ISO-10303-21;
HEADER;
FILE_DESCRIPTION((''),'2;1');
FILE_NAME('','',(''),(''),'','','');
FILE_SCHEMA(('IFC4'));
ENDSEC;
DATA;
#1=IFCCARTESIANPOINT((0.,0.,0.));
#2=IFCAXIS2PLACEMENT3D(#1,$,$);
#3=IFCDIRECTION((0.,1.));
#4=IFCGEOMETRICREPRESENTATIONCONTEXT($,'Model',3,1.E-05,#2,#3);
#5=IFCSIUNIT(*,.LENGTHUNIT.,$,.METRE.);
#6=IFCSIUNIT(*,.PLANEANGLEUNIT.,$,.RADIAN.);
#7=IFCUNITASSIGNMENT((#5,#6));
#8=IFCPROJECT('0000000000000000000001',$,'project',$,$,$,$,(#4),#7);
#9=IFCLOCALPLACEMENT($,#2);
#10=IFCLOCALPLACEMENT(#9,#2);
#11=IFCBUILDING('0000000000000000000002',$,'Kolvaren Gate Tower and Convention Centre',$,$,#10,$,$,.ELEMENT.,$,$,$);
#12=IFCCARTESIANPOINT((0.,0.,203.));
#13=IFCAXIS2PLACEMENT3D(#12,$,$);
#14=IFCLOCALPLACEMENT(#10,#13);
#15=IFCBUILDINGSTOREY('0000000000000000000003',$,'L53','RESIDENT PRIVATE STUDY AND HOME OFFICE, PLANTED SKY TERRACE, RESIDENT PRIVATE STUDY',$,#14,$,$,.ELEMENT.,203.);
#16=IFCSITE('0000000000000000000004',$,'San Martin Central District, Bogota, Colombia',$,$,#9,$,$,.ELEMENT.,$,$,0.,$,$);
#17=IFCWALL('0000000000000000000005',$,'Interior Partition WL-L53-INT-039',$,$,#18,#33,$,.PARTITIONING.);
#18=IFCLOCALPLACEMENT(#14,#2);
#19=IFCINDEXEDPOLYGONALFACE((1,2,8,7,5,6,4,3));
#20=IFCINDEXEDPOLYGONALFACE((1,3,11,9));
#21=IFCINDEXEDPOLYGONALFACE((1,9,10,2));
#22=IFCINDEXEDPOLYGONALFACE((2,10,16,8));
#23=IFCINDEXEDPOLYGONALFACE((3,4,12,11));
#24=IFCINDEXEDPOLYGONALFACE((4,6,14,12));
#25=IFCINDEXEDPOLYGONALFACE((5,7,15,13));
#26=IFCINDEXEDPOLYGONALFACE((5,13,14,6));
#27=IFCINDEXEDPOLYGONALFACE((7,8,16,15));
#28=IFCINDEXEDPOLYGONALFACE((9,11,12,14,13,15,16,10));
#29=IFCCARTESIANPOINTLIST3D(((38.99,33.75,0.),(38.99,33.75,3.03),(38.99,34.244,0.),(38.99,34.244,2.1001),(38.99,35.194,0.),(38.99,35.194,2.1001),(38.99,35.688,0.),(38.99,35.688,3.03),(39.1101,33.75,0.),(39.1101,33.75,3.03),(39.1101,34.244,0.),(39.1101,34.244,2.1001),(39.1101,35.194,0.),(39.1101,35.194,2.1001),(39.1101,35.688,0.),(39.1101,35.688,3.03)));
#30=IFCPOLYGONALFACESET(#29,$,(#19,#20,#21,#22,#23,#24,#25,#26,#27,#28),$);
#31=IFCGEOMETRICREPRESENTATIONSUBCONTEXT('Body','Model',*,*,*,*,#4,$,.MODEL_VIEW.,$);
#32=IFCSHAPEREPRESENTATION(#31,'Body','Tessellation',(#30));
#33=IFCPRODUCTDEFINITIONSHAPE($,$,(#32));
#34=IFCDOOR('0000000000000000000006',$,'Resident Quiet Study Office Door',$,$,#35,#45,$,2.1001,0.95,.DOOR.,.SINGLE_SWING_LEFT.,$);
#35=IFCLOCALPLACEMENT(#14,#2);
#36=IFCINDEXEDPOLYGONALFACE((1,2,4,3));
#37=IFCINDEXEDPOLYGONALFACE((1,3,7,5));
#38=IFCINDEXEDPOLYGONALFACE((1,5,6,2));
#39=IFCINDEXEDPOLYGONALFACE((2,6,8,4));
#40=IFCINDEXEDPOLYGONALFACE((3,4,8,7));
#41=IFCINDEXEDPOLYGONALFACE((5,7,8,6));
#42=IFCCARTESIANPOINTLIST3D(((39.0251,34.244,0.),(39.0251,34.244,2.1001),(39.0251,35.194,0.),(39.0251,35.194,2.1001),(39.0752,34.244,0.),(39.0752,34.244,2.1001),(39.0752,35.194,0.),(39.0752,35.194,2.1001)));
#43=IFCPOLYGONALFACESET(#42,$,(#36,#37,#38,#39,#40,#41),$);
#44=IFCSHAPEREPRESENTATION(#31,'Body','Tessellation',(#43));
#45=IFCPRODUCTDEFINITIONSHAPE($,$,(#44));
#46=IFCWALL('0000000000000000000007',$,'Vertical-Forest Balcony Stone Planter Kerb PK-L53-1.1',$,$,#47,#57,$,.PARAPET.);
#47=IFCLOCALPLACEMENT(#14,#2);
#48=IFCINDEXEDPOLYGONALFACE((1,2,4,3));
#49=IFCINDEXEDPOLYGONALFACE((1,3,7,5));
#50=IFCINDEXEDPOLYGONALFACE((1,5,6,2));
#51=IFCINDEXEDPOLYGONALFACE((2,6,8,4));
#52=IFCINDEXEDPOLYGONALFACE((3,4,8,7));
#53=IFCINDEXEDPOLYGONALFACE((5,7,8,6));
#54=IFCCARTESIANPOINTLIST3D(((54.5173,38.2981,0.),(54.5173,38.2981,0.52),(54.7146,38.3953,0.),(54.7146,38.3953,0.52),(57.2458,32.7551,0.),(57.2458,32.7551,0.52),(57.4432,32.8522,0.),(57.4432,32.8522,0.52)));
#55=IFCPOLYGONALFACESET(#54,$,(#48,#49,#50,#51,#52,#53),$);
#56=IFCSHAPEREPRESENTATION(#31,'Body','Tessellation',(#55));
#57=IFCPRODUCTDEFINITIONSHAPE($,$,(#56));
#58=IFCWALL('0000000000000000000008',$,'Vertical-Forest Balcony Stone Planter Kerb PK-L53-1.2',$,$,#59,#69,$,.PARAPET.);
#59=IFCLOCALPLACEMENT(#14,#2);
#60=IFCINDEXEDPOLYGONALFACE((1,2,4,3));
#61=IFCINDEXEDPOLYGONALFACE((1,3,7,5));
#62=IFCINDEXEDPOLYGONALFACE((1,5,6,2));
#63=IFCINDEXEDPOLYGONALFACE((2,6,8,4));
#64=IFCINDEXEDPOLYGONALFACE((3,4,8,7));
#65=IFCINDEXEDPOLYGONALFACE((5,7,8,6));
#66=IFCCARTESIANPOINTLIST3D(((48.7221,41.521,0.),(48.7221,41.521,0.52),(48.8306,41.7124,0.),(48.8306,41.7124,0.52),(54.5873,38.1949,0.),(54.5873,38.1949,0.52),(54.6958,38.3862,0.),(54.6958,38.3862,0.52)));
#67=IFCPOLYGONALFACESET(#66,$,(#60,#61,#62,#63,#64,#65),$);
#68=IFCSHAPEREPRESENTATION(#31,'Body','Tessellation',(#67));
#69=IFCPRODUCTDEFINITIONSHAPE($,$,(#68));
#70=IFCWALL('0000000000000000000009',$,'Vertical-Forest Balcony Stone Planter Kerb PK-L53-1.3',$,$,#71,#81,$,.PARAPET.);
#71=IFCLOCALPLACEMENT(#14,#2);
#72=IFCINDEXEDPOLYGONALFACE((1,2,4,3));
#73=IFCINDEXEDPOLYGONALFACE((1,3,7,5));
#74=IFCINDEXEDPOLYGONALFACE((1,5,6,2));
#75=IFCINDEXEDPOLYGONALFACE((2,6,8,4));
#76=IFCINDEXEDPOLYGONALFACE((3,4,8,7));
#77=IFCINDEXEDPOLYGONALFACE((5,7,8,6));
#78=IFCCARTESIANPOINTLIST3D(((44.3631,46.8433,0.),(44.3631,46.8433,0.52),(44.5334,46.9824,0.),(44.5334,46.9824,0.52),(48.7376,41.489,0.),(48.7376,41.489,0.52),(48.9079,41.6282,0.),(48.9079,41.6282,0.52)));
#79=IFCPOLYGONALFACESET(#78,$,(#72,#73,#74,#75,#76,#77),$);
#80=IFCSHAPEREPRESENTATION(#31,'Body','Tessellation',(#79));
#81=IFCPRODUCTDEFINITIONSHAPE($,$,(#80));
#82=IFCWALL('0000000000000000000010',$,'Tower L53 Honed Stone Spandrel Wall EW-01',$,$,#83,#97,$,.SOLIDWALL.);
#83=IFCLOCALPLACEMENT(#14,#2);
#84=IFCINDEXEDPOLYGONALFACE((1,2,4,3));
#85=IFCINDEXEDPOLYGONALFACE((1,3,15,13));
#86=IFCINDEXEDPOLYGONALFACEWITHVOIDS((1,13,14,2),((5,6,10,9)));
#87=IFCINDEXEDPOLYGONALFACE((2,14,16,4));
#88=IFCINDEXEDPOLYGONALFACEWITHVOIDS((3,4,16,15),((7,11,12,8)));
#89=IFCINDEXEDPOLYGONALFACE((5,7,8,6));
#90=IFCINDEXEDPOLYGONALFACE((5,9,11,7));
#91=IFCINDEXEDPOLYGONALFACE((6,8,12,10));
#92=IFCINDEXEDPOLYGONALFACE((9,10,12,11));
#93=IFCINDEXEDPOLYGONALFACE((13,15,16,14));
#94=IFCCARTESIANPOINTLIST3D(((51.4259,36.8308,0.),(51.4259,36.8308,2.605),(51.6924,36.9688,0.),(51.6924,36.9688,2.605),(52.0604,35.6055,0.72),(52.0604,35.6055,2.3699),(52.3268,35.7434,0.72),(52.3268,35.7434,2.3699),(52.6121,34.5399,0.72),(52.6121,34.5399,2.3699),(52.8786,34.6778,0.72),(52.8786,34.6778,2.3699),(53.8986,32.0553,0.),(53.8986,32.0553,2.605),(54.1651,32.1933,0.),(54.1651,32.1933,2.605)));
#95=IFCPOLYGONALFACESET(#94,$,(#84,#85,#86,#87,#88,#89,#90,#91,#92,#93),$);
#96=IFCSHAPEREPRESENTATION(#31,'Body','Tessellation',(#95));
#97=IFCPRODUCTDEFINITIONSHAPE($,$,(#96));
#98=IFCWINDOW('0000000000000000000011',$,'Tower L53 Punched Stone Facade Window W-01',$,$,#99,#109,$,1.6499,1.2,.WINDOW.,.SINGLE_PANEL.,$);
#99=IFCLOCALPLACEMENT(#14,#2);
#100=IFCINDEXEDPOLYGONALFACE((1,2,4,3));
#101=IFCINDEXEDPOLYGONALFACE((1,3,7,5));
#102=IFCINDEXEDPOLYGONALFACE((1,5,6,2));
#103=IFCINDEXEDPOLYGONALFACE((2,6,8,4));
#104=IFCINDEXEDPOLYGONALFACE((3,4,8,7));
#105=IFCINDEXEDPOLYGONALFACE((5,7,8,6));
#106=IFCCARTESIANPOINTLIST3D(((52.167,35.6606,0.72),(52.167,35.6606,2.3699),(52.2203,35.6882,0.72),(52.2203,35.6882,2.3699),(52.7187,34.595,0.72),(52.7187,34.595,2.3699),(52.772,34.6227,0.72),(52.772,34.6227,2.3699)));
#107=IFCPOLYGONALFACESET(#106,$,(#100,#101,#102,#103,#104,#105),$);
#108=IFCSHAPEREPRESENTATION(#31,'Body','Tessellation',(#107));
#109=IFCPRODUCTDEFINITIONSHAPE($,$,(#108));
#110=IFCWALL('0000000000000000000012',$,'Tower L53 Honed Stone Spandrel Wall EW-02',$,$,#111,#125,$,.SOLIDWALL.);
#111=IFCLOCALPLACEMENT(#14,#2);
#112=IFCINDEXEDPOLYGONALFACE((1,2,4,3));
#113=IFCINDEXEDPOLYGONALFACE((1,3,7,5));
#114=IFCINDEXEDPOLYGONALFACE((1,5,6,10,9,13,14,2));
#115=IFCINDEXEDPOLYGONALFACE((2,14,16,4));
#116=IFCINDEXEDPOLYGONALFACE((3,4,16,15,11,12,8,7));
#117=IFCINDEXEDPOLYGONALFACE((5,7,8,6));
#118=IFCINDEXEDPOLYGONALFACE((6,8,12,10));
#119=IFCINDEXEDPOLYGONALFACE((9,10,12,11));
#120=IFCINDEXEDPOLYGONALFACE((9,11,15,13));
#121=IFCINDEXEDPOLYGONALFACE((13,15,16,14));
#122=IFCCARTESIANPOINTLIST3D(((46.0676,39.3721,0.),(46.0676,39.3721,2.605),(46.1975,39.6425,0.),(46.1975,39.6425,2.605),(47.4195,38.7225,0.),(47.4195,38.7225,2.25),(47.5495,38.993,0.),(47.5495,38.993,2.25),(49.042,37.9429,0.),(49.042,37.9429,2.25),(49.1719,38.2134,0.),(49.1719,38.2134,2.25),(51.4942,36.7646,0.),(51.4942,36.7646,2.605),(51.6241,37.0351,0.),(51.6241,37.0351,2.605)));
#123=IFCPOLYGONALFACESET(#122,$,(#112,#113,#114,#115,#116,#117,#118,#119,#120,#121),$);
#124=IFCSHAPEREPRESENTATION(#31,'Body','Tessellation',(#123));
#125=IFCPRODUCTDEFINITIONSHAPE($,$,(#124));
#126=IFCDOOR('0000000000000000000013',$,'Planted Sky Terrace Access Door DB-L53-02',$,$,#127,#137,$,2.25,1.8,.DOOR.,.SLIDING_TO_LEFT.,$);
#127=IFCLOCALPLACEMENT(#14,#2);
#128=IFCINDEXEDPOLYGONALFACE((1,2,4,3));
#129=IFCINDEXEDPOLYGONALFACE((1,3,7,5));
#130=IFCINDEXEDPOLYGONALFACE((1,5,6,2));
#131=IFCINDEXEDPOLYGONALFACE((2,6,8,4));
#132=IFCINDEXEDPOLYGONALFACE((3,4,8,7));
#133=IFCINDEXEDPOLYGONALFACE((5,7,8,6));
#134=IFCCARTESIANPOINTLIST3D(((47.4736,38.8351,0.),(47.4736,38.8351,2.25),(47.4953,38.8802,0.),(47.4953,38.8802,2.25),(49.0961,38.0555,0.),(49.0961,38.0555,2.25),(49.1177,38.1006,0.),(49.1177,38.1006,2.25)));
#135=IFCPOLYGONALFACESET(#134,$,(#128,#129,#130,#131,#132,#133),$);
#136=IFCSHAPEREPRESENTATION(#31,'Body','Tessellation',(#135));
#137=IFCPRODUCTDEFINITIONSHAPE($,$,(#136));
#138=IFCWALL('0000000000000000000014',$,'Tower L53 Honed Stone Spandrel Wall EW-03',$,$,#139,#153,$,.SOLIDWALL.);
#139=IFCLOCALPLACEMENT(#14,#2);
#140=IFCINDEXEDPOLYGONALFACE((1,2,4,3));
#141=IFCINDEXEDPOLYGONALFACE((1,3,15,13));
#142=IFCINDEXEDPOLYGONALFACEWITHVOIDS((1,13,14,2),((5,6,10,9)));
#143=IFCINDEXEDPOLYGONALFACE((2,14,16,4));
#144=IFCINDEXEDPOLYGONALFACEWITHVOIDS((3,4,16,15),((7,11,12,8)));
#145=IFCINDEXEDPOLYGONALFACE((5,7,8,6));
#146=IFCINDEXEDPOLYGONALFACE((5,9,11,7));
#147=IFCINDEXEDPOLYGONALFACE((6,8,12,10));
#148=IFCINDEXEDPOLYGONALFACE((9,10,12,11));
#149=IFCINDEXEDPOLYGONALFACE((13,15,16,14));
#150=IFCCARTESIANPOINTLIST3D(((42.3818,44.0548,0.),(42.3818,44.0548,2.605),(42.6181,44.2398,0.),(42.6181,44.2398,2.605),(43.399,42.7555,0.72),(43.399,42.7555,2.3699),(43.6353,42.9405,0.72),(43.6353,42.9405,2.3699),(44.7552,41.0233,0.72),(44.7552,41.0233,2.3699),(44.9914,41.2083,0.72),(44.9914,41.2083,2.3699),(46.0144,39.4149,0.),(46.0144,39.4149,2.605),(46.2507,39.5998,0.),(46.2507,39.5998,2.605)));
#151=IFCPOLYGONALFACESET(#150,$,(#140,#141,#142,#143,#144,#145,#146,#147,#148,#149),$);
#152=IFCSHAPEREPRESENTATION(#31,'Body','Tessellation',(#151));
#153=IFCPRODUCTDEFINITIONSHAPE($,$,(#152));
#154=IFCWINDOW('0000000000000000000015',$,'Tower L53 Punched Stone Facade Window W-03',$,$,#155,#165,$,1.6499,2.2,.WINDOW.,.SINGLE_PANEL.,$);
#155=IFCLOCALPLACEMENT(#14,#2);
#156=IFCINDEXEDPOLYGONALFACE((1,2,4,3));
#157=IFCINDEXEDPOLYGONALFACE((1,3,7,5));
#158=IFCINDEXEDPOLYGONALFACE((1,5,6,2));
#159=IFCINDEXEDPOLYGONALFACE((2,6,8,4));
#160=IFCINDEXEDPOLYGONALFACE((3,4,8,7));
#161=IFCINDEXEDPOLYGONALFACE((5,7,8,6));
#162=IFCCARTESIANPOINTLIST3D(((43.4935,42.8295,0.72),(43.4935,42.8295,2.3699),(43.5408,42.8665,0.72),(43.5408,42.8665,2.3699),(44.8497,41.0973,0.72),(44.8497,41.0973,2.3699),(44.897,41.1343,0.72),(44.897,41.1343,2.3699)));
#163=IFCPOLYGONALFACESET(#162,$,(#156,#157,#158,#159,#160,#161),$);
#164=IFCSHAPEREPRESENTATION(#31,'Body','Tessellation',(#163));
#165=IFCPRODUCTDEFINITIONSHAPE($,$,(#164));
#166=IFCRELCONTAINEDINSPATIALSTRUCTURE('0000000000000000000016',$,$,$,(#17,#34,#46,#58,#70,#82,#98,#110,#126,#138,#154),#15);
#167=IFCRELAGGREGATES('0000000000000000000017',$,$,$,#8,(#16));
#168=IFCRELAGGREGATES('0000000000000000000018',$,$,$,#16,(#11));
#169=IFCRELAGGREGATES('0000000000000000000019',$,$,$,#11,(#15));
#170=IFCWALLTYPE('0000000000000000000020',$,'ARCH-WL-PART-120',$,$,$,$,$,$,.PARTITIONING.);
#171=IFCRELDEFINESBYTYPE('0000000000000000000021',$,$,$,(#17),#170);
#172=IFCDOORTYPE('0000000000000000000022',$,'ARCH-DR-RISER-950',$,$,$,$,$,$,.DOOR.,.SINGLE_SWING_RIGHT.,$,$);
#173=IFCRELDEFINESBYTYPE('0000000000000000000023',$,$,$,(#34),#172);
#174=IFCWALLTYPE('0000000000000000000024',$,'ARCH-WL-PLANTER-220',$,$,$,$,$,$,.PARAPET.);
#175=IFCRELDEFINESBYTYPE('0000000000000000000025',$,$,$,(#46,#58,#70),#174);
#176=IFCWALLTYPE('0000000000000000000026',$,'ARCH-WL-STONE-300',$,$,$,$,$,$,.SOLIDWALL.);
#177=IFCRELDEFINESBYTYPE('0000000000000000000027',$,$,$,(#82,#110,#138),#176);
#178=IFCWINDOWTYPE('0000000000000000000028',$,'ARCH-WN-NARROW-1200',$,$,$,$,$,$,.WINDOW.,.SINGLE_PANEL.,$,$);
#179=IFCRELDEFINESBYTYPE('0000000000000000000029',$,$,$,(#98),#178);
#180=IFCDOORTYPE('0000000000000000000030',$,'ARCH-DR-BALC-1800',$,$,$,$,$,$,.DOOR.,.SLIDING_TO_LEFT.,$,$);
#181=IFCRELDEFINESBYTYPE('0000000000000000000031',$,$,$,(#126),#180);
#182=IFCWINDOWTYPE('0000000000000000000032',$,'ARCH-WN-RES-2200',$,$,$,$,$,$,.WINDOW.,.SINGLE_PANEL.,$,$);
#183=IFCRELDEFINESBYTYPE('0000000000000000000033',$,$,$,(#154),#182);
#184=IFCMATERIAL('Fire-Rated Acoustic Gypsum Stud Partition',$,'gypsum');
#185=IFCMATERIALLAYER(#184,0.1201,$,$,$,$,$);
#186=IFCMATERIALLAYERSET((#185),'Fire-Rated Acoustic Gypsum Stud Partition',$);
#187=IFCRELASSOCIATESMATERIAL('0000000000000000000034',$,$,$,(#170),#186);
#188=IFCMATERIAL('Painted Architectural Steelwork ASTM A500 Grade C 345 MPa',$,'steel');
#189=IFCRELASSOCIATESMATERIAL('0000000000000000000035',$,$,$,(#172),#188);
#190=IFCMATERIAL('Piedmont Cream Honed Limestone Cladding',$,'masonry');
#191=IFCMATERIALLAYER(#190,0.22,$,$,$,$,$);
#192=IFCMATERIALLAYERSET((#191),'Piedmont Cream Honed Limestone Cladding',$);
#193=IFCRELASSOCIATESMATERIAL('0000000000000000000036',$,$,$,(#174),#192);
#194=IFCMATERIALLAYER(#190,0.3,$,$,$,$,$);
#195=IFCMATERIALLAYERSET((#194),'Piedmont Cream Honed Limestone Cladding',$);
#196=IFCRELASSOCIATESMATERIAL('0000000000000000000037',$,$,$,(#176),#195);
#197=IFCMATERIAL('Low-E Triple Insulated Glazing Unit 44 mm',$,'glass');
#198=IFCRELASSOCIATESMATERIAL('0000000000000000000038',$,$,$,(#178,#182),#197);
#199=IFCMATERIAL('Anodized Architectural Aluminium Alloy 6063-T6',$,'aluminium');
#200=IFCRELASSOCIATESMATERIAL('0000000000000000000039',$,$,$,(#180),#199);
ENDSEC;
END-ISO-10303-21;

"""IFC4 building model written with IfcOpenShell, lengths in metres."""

from ifc_helpers import new_model, si_unit, direction, frame, frame_2d, origin, place, context, subcontext, project, spatial, rectangle, extrude, material, layer, layer_set, type_object, element, fill, save


model = new_model("IFC4")

# Units and contexts
model_context = context("Model", 3, precision=1e-05, world=origin(), true_north=direction((0.0, 1.0)))
body_context = subcontext(model_context, "Body", "Model", "MODEL_VIEW")
ifc_project = project(units=[si_unit("LENGTHUNIT", "METRE"), si_unit("PLANEANGLEUNIT", "RADIAN")], contexts=[model_context])

# Site, building, storey
site_placement = place(None, origin())
site = spatial("IfcSite", under=ifc_project, at=site_placement, Name="San Martin Central District, Bogota, Colombia", CompositionType="ELEMENT", RefElevation=0.0)
building_placement = place(site_placement, origin())
building = spatial("IfcBuilding", under=site, at=building_placement, Name="Kolvaren Gate Tower and Convention Centre", CompositionType="ELEMENT")
storey_placement = place(building_placement, frame((0.0, 0.0, 203.0)))
storey = spatial("IfcBuildingStorey", under=building, at=storey_placement, Name="L53", Description="RESIDENT PRIVATE STUDY AND HOME OFFICE, PLANTED SKY TERRACE, RESIDENT PRIVATE STUDY", CompositionType="ELEMENT", Elevation=203.0)

# Wall, opening, door
ifc_material_1 = material(Name="Fire-Rated Acoustic Gypsum Stud Partition", Category="gypsum")
ifc_layer_1 = layer(ifc_material_1, 0.1201)
ifc_layer_set_1 = layer_set([ifc_layer_1], Name="Fire-Rated Acoustic Gypsum Stud Partition")
wall_type_1 = type_object("IfcWallType", Name="ARCH-WL-PART-120", PredefinedType="PARTITIONING", material=ifc_layer_set_1)
wall_1_placement = place(storey_placement, frame((39.05, 33.75, 0.0), z_axis=(0.0, 0.0, 1.0), x_axis=(0.0, 1.0, 0.0)))
wall_1 = element("IfcWall", 1, at=wall_1_placement, inside=storey, type_object=wall_type_1, Name="Interior Partition WL-L53-INT-039", PredefinedType="PARTITIONING", context=body_context, shape_type="SweptSolid", body=[
    extrude(rectangle(XDim=1.938, YDim=0.1201, at=frame_2d((0.969, 0.0))), origin(), (0.0, 0.0, 1.0), 3.03),
])
opening_1_placement = place(wall_1_placement, frame((0.4939, 0.0, 0.0)))
opening_1 = element("IfcOpeningElement", 2, at=opening_1_placement, cuts=wall_1, PredefinedType="OPENING", context=body_context, shape_type="SweptSolid", body=[
    extrude(rectangle(XDim=0.95, YDim=2.1001, at=frame_2d((0.4751, 1.05))), frame((0.0, 0.0701, 0.0), z_axis=(0.0, -1.0, 0.0), x_axis=(1.0, 0.0, 0.0)), (0.0, 0.0, 1.0), 0.1401),
])
ifc_material_2 = material(Name="Painted Architectural Steelwork ASTM A500 Grade C 345 MPa", Category="steel")
door_type_1 = type_object("IfcDoorType", Name="ARCH-DR-RISER-950", OperationType="SINGLE_SWING_RIGHT", PredefinedType="DOOR", material=ifc_material_2)
door_1_placement = place(opening_1_placement, origin())
door_1 = element("IfcDoor", 3, at=door_1_placement, inside=storey, type_object=door_type_1, Name="Resident Quiet Study Office Door", OperationType="SINGLE_SWING_LEFT", OverallHeight=2.1001, OverallWidth=0.95, PredefinedType="DOOR", context=body_context, shape_type="SweptSolid", body=[
    extrude(rectangle(XDim=0.95, YDim=2.1001, at=frame_2d((0.4751, 1.05))), frame((0.0, 0.0249, 0.0), z_axis=(0.0, -1.0, 0.0), x_axis=(1.0, 0.0, 0.0)), (0.0, 0.0, 1.0), 0.05),
])
fill(opening_1, door_1)

# Walls
ifc_material_3 = material(Name="Piedmont Cream Honed Limestone Cladding", Category="masonry")
ifc_layer_2 = layer(ifc_material_3, 0.22)
ifc_layer_set_2 = layer_set([ifc_layer_2], Name="Piedmont Cream Honed Limestone Cladding")
wall_type_2 = type_object("IfcWallType", Name="ARCH-WL-PLANTER-220", PredefinedType="PARAPET", material=ifc_layer_set_2)
wall_2_placement = place(storey_placement, frame((54.616, 38.3467, 0.0), z_axis=(0.0, 0.0, 1.0), x_axis=(0.441641, -0.897192, 0.0)))
element("IfcWall", 4, at=wall_2_placement, inside=storey, type_object=wall_type_2, Name="Vertical-Forest Balcony Stone Planter Kerb PK-L53-1.1", PredefinedType="PARAPET", context=body_context, shape_type="SweptSolid", body=[
    extrude(rectangle(XDim=6.1782, YDim=0.22, at=frame_2d((3.0891, 0.0))), origin(), (0.0, 0.0, 1.0), 0.52),
])
wall_3_placement = place(storey_placement, frame((48.7764, 41.6167, 0.0), z_axis=(0.0, 0.0, 1.0), x_axis=(0.869861, -0.493298, 0.0)))
element("IfcWall", 5, at=wall_3_placement, inside=storey, type_object=wall_type_2, Name="Vertical-Forest Balcony Stone Planter Kerb PK-L53-1.2", PredefinedType="PARAPET", context=body_context, shape_type="SweptSolid", body=[
    extrude(rectangle(XDim=6.7427, YDim=0.22, at=frame_2d((3.3713, 0.0))), origin(), (0.0, 0.0, 1.0), 0.52),
])
wall_4_placement = place(storey_placement, frame((44.4482, 46.9128, 0.0), z_axis=(0.0, 0.0, 1.0), x_axis=(0.632697, -0.774399, 0.0)))
element("IfcWall", 6, at=wall_4_placement, inside=storey, type_object=wall_type_2, Name="Vertical-Forest Balcony Stone Planter Kerb PK-L53-1.3", PredefinedType="PARAPET", context=body_context, shape_type="SweptSolid", body=[
    extrude(rectangle(XDim=6.9141, YDim=0.22, at=frame_2d((3.457, 0.0))), origin(), (0.0, 0.0, 1.0), 0.52),
])

# Wall, opening, window
ifc_layer_3 = layer(ifc_material_3, 0.3)
ifc_layer_set_3 = layer_set([ifc_layer_3], Name="Piedmont Cream Honed Limestone Cladding")
wall_type_3 = type_object("IfcWallType", Name="ARCH-WL-STONE-300", PredefinedType="SOLIDWALL", material=ifc_layer_set_3)
wall_5_placement = place(storey_placement, frame((51.5591, 36.8999, 0.0), z_axis=(0.0, 0.0, 1.0), x_axis=(0.459808, -0.888018, 0.0)))
wall_5 = element("IfcWall", 7, at=wall_5_placement, inside=storey, type_object=wall_type_3, Name="Tower L53 Honed Stone Spandrel Wall EW-01", PredefinedType="SOLIDWALL", context=body_context, shape_type="SweptSolid", body=[
    extrude(rectangle(XDim=5.3777, YDim=0.3, at=frame_2d((2.689, 0.0))), origin(), (0.0, 0.0, 1.0), 2.605),
])
opening_2_placement = place(wall_5_placement, frame((1.3799, 0.0, 0.72)))
opening_2 = element("IfcOpeningElement", 8, at=opening_2_placement, cuts=wall_5, PredefinedType="OPENING", context=body_context, shape_type="SweptSolid", body=[
    extrude(rectangle(XDim=1.2, YDim=1.6499, at=frame_2d((0.6001, 0.825))), frame((0.0, 0.1599, 0.0), z_axis=(0.0, -1.0, 0.0), x_axis=(1.0, 0.0, 0.0)), (0.0, 0.0, 1.0), 0.3201),
])
ifc_material_4 = material(Name="Low-E Triple Insulated Glazing Unit 44 mm", Category="glass")
window_type_1 = type_object("IfcWindowType", Name="ARCH-WN-NARROW-1200", PartitioningType="SINGLE_PANEL", PredefinedType="WINDOW", material=ifc_material_4)
window_1_placement = place(opening_2_placement, origin())
window_1 = element("IfcWindow", 9, at=window_1_placement, inside=storey, type_object=window_type_1, Name="Tower L53 Punched Stone Facade Window W-01", OverallHeight=1.6499, OverallWidth=1.2, PartitioningType="SINGLE_PANEL", PredefinedType="WINDOW", context=body_context, shape_type="SweptSolid", body=[
    extrude(rectangle(XDim=1.2, YDim=1.6499, at=frame_2d((0.6001, 0.825))), frame((0.0, 0.03, 0.0), z_axis=(0.0, -1.0, 0.0), x_axis=(1.0, 0.0, 0.0)), (0.0, 0.0, 1.0), 0.0601),
])
fill(opening_2, window_1)

# Wall, opening, door
wall_6_placement = place(storey_placement, frame((46.1326, 39.5073, 0.0), z_axis=(0.0, 0.0, 1.0), x_axis=(0.901348, -0.433095, 0.0)))
wall_6 = element("IfcWall", 10, at=wall_6_placement, inside=storey, type_object=wall_type_3, Name="Tower L53 Honed Stone Spandrel Wall EW-02", PredefinedType="SOLIDWALL", context=body_context, shape_type="SweptSolid", body=[
    extrude(rectangle(XDim=6.0205, YDim=0.3, at=frame_2d((3.0103, 0.0))), origin(), (0.0, 0.0, 1.0), 2.605),
])
opening_3_placement = place(wall_6_placement, frame((1.5, 0.0, 0.0)))
opening_3 = element("IfcOpeningElement", 11, at=opening_3_placement, cuts=wall_6, PredefinedType="OPENING", context=body_context, shape_type="SweptSolid", body=[
    extrude(rectangle(XDim=1.8, YDim=2.25, at=frame_2d((0.8999, 1.125))), frame((0.0, 0.1599, 0.0), z_axis=(0.0, -1.0, 0.0), x_axis=(1.0, 0.0, 0.0)), (0.0, 0.0, 1.0), 0.3201),
])
ifc_material_5 = material(Name="Anodized Architectural Aluminium Alloy 6063-T6", Category="aluminium")
door_type_2 = type_object("IfcDoorType", Name="ARCH-DR-BALC-1800", OperationType="SLIDING_TO_LEFT", PredefinedType="DOOR", material=ifc_material_5)
door_2_placement = place(opening_3_placement, origin())
door_2 = element("IfcDoor", 12, at=door_2_placement, inside=storey, type_object=door_type_2, Name="Planted Sky Terrace Access Door DB-L53-02", OperationType="SLIDING_TO_LEFT", OverallHeight=2.25, OverallWidth=1.8, PredefinedType="DOOR", context=body_context, shape_type="SweptSolid", body=[
    extrude(rectangle(XDim=1.8, YDim=2.25, at=frame_2d((0.8999, 1.125))), frame((0.0, 0.0249, 0.0), z_axis=(0.0, -1.0, 0.0), x_axis=(1.0, 0.0, 0.0)), (0.0, 0.0, 1.0), 0.05),
])
fill(opening_3, door_2)

# Wall, opening, window
wall_7_placement = place(storey_placement, frame((42.5, 44.1472, 0.0), z_axis=(0.0, 0.0, 1.0), x_axis=(0.61645, -0.787394, 0.0)))
wall_7 = element("IfcWall", 13, at=wall_7_placement, inside=storey, type_object=wall_type_3, Name="Tower L53 Honed Stone Spandrel Wall EW-03", PredefinedType="SOLIDWALL", context=body_context, shape_type="SweptSolid", body=[
    extrude(rectangle(XDim=5.8928, YDim=0.3, at=frame_2d((2.9463, 0.0))), origin(), (0.0, 0.0, 1.0), 2.605),
])
opening_4_placement = place(wall_7_placement, frame((1.6499, 0.0, 0.72)))
opening_4 = element("IfcOpeningElement", 14, at=opening_4_placement, cuts=wall_7, PredefinedType="OPENING", context=body_context, shape_type="SweptSolid", body=[
    extrude(rectangle(XDim=2.2, YDim=1.6499, at=frame_2d((1.1001, 0.825))), frame((0.0, 0.1599, 0.0), z_axis=(0.0, -1.0, 0.0), x_axis=(1.0, 0.0, 0.0)), (0.0, 0.0, 1.0), 0.3201),
])
window_type_2 = type_object("IfcWindowType", Name="ARCH-WN-RES-2200", PartitioningType="SINGLE_PANEL", PredefinedType="WINDOW", material=ifc_material_4)
window_2_placement = place(opening_4_placement, origin())
window_2 = element("IfcWindow", 15, at=window_2_placement, inside=storey, type_object=window_type_2, Name="Tower L53 Punched Stone Facade Window W-03", OverallHeight=1.6499, OverallWidth=2.2, PartitioningType="SINGLE_PANEL", PredefinedType="WINDOW", context=body_context, shape_type="SweptSolid", body=[
    extrude(rectangle(XDim=2.2, YDim=1.6499, at=frame_2d((1.1001, 0.825))), frame((0.0, 0.03, 0.0), z_axis=(0.0, -1.0, 0.0), x_axis=(1.0, 0.0, 0.0)), (0.0, 0.0, 1.0), 0.0601),
])
fill(opening_4, window_2)

save(model, "model.ifc")
